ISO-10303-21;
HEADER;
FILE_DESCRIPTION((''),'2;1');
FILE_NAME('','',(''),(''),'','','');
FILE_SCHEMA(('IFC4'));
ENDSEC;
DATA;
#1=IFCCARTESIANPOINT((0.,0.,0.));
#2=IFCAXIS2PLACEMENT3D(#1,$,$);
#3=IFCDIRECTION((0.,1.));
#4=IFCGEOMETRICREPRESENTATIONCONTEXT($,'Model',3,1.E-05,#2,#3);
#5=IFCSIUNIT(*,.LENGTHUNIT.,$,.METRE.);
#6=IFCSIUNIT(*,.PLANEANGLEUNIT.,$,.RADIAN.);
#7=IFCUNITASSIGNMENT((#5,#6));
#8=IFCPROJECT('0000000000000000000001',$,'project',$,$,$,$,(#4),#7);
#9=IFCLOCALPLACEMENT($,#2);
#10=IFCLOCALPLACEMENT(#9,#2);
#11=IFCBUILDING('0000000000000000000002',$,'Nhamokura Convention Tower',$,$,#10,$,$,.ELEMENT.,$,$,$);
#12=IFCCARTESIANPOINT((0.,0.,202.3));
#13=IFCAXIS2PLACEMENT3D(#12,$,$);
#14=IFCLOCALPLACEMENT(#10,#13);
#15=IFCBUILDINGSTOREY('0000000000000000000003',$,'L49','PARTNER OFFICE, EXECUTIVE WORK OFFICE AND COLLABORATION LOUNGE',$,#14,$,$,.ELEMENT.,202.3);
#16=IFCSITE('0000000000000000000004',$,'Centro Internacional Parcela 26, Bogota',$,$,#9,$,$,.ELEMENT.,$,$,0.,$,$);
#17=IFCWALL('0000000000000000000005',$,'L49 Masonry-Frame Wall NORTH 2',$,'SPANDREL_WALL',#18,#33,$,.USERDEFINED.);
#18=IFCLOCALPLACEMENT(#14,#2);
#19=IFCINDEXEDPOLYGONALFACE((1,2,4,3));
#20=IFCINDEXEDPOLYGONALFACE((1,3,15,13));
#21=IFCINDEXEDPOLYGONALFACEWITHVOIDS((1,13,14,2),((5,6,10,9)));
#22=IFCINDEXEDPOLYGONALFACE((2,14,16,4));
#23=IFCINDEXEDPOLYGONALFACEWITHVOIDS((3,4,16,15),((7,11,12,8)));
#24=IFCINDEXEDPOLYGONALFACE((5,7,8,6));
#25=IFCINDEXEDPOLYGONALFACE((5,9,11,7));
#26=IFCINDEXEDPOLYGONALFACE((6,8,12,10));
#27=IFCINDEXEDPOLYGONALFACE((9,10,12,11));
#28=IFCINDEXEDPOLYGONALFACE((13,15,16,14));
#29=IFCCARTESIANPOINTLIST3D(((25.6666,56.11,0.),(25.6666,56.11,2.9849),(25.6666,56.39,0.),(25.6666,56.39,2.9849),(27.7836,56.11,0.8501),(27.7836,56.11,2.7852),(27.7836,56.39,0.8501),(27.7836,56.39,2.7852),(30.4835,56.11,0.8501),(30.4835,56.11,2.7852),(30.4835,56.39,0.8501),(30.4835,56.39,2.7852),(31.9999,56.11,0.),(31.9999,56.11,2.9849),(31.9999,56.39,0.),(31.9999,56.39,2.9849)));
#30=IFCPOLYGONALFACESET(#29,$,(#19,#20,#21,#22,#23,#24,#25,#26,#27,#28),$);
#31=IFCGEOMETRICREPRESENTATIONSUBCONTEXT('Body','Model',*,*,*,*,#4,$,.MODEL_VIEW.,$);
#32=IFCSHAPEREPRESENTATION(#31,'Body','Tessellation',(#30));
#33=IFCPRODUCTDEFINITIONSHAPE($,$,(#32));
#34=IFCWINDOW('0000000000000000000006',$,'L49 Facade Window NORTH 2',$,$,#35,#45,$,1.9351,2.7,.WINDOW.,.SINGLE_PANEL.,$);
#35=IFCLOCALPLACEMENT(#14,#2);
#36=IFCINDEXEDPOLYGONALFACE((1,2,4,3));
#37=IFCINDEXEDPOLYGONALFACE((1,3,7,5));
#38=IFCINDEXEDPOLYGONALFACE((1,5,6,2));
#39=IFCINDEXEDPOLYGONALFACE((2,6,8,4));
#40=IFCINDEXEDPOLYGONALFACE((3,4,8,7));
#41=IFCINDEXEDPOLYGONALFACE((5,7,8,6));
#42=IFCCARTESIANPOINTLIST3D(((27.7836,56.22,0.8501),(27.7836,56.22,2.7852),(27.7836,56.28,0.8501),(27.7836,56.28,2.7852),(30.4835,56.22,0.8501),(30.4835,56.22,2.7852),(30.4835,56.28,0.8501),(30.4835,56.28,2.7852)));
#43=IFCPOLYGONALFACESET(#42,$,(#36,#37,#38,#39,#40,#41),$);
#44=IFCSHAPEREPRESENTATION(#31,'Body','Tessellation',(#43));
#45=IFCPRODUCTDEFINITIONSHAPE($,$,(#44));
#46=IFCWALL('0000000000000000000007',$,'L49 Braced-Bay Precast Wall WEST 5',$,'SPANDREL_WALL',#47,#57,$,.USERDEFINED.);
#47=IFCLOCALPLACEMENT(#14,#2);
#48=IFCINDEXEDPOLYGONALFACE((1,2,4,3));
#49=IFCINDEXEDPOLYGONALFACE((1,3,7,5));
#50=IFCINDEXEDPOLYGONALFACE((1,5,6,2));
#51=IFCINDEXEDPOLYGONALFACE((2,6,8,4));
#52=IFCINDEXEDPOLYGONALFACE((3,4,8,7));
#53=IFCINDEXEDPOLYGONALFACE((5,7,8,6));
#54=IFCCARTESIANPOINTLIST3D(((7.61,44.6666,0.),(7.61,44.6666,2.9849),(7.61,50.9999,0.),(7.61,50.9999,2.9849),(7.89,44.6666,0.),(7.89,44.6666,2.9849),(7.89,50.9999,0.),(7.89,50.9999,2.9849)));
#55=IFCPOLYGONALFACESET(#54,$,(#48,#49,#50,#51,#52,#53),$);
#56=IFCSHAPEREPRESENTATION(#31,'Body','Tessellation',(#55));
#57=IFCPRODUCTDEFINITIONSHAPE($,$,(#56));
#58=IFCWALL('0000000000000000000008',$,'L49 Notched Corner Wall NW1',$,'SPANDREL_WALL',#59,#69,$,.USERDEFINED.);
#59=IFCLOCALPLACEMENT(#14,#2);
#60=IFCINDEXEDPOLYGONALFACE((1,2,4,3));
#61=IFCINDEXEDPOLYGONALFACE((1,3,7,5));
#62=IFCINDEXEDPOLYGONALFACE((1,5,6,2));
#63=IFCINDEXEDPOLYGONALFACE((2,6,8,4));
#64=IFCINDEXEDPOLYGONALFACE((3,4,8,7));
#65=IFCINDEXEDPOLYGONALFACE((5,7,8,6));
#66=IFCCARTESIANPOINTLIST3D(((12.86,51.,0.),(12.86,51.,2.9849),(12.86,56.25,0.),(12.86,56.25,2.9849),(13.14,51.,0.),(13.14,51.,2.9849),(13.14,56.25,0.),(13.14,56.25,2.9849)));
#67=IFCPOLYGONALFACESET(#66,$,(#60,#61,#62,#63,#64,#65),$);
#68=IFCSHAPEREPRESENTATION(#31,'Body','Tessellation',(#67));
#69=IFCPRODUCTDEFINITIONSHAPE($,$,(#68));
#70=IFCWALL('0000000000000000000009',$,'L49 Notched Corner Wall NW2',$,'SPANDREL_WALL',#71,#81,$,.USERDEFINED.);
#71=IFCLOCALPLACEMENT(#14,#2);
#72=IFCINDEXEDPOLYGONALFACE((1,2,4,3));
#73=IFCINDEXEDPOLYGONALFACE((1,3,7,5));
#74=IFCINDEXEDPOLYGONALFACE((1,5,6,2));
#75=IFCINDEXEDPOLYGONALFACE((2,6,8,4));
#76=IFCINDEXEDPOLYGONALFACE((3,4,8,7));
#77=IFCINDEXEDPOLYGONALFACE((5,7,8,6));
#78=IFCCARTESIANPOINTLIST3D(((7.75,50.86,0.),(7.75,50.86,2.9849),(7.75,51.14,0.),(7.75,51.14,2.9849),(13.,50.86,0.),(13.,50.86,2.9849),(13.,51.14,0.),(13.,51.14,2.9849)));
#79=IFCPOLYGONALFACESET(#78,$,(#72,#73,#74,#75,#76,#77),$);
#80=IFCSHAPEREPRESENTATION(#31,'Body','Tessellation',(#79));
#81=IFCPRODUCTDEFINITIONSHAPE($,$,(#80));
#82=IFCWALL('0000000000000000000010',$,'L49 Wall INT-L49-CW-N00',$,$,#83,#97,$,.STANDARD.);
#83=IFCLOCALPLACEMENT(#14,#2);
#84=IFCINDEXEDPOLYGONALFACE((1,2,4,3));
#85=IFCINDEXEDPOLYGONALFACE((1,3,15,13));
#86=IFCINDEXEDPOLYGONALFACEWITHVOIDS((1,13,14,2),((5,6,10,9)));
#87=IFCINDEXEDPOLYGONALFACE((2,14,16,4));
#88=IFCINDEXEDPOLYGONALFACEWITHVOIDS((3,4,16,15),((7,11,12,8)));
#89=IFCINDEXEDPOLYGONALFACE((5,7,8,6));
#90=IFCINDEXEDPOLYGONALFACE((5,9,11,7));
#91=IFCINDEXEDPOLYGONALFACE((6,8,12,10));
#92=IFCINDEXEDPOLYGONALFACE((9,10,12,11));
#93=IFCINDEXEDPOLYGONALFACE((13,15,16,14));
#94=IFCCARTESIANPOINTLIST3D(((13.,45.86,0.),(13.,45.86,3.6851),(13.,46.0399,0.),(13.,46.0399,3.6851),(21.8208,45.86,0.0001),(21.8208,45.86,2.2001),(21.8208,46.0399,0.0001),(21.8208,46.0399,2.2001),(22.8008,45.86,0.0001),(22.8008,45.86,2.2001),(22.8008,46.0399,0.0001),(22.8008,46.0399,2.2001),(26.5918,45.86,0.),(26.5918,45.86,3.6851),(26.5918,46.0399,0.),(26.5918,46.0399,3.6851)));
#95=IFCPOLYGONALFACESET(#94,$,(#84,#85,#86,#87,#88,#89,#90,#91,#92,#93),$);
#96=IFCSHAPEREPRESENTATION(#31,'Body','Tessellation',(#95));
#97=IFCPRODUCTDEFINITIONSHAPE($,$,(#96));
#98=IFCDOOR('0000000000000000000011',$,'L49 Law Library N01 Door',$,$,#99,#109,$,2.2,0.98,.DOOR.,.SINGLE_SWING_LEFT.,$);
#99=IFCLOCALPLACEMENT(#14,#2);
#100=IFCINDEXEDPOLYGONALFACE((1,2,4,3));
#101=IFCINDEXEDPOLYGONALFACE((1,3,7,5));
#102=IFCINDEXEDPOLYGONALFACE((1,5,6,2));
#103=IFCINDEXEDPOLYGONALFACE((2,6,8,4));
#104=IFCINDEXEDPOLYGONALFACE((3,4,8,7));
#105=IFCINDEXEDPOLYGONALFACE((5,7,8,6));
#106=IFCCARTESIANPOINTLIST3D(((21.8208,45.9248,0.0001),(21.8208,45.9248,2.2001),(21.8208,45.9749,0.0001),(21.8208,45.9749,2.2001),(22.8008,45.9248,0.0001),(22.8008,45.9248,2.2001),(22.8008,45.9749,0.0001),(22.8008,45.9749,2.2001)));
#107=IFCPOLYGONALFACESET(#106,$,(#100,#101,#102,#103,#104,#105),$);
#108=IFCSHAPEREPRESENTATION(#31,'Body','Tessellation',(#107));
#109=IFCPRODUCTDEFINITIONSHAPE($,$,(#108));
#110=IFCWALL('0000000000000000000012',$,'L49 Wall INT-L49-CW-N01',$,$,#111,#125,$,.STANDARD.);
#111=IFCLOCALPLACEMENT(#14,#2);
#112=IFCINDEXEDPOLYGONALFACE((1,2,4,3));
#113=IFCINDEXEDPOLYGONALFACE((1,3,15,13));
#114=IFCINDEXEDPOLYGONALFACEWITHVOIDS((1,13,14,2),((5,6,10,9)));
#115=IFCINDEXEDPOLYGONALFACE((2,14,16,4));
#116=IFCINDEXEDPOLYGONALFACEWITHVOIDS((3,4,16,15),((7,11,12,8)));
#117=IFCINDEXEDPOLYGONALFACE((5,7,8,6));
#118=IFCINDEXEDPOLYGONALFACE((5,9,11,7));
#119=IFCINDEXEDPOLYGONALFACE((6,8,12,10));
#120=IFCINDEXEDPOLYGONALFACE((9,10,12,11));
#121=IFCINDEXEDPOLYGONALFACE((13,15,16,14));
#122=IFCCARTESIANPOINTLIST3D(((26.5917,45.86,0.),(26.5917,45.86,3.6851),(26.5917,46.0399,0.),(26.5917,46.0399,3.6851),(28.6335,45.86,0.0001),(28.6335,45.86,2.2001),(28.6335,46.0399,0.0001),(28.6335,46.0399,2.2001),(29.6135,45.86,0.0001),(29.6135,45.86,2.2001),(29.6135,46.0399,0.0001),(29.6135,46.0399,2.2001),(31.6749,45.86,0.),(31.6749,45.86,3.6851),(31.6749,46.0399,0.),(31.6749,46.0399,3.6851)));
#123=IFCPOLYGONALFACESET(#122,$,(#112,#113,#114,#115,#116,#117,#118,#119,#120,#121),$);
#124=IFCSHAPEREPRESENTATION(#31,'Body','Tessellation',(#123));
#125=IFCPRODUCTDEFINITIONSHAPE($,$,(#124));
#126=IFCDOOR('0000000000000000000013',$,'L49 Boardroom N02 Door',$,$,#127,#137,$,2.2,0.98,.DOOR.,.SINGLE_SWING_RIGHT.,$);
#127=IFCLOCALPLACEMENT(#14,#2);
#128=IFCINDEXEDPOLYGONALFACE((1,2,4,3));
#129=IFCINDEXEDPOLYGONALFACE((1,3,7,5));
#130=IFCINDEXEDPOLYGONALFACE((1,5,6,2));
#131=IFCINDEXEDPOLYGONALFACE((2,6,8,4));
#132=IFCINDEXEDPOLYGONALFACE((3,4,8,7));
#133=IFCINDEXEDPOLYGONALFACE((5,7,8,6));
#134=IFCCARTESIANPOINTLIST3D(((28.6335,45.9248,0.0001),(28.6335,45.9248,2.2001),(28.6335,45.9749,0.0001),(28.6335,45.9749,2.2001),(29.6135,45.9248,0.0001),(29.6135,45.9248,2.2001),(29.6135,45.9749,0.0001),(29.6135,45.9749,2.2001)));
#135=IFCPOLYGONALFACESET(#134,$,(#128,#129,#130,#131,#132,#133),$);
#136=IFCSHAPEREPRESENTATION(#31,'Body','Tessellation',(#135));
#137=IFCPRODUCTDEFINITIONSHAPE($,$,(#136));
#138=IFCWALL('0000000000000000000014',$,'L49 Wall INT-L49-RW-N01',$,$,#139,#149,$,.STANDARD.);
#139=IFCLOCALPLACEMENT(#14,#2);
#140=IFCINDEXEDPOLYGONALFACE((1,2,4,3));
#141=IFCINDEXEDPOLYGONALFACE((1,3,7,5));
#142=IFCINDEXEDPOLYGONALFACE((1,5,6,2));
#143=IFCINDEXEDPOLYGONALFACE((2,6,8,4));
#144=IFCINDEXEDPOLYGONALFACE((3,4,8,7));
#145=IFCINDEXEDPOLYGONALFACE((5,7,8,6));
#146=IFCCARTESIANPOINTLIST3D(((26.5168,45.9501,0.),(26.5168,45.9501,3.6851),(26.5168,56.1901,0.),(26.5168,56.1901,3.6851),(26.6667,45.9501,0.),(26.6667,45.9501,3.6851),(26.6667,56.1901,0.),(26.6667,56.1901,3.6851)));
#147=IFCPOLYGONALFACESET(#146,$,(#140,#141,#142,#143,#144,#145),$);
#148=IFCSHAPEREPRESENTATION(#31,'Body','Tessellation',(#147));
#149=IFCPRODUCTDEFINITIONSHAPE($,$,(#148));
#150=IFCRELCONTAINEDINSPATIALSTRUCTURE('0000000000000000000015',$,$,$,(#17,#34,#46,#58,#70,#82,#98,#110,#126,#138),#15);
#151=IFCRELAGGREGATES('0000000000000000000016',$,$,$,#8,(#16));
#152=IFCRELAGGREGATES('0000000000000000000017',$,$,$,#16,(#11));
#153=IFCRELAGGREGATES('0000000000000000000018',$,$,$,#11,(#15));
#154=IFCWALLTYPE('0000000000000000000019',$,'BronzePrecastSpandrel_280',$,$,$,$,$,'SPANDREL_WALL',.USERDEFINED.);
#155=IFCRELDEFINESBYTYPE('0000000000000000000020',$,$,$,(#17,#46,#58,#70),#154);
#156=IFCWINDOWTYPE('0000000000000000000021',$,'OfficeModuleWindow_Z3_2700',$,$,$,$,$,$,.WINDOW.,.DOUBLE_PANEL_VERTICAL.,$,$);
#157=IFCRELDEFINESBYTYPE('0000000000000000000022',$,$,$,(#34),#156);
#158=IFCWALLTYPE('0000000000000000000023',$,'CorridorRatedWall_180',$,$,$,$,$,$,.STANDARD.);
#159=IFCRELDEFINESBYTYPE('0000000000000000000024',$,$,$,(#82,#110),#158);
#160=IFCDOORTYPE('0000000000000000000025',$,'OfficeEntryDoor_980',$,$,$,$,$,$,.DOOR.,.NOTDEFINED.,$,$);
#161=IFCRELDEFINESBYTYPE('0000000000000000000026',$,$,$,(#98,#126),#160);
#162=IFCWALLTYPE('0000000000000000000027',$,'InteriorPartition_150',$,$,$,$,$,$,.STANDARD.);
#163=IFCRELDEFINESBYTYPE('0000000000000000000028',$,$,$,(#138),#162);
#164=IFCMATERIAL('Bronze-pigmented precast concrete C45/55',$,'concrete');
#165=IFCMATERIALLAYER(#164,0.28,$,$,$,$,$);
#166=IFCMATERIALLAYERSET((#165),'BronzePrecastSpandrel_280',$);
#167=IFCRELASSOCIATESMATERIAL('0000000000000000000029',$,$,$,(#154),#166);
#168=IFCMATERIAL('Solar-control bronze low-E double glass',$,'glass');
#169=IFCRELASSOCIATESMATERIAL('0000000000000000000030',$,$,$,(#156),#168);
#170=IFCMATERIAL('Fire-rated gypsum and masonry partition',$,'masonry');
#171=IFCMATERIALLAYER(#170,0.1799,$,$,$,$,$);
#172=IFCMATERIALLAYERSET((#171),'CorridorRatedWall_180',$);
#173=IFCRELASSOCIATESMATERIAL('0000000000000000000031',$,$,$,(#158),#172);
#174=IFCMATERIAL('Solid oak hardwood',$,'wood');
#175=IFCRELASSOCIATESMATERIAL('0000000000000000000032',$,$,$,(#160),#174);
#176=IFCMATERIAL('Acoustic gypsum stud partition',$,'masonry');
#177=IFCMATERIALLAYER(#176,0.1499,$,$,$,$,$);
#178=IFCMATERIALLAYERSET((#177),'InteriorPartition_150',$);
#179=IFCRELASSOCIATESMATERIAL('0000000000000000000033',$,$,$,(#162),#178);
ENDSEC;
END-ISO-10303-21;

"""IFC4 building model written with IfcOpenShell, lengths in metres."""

from ifc_helpers import new_model, si_unit, direction, frame, frame_2d, origin, place, context, subcontext, project, spatial, rectangle, extrude, material, layer, layer_set, type_object, element, fill, save


model = new_model("IFC4")

# Units and contexts
model_context = context("Model", 3, precision=1e-05, world=origin(), true_north=direction((0.0, 1.0)))
body_context = subcontext(model_context, "Body", "Model", "MODEL_VIEW")
ifc_project = project(units=[si_unit("LENGTHUNIT", "METRE"), si_unit("PLANEANGLEUNIT", "RADIAN")], contexts=[model_context])

# Site, building, storey
site_placement = place(None, origin())
site = spatial("IfcSite", under=ifc_project, at=site_placement, Name="Centro Internacional Parcela 26, Bogota", CompositionType="ELEMENT", RefElevation=0.0)
building_placement = place(site_placement, origin())
building = spatial("IfcBuilding", under=site, at=building_placement, Name="Nhamokura Convention Tower", CompositionType="ELEMENT")
storey_placement = place(building_placement, frame((0.0, 0.0, 202.3)))
storey = spatial("IfcBuildingStorey", under=building, at=storey_placement, Name="L49", Description="PARTNER OFFICE, EXECUTIVE WORK OFFICE AND COLLABORATION LOUNGE", CompositionType="ELEMENT", Elevation=202.3)

# Shared definitions
ifc_material_1 = material(Name="Bronze-pigmented precast concrete C45/55", Category="concrete")
ifc_layer_1 = layer(ifc_material_1, 0.28)
ifc_layer_set_1 = layer_set([ifc_layer_1], Name="BronzePrecastSpandrel_280")
wall_type_1 = type_object("IfcWallType", Name="BronzePrecastSpandrel_280", ElementType="SPANDREL_WALL", PredefinedType="USERDEFINED", material=ifc_layer_set_1)

# Wall, opening, window
wall_1_placement = place(storey_placement, frame((25.6667, 56.25, 0.0), z_axis=(0.0, 0.0, 1.0), x_axis=(1.0, 0.0, 0.0)))
wall_1 = element("IfcWall", 1, at=wall_1_placement, inside=storey, type_object=wall_type_1, Name="L49 Masonry-Frame Wall NORTH 2", ObjectType="SPANDREL_WALL", PredefinedType="USERDEFINED", context=body_context, shape_type="SweptSolid", body=[
    extrude(rectangle(XDim=6.3333, YDim=0.28, at=frame_2d((3.1665, 0.0))), origin(), (0.0, 0.0, 1.0), 2.9849),
])
opening_1_placement = place(wall_1_placement, frame((2.1167, 0.0, 0.8501)))
opening_1 = element("IfcOpeningElement", 2, at=opening_1_placement, cuts=wall_1, PredefinedType="OPENING", context=body_context, shape_type="SweptSolid", body=[
    extrude(rectangle(XDim=2.7, YDim=1.9351, at=frame_2d((1.3501, 0.9675))), frame((0.0, 0.1499, 0.0), z_axis=(0.0, -1.0, 0.0), x_axis=(1.0, 0.0, 0.0)), (0.0, 0.0, 1.0), 0.3),
])
ifc_material_2 = material(Name="Solar-control bronze low-E double glass", Category="glass")
window_type_1 = type_object("IfcWindowType", Name="OfficeModuleWindow_Z3_2700", PartitioningType="DOUBLE_PANEL_VERTICAL", PredefinedType="WINDOW", material=ifc_material_2)
window_1_placement = place(opening_1_placement, origin())
window_1 = element("IfcWindow", 3, at=window_1_placement, inside=storey, type_object=window_type_1, Name="L49 Facade Window NORTH 2", OverallHeight=1.9351, OverallWidth=2.7, PartitioningType="SINGLE_PANEL", PredefinedType="WINDOW", context=body_context, shape_type="SweptSolid", body=[
    extrude(rectangle(XDim=2.7, YDim=1.9351, at=frame_2d((1.3501, 0.9675))), frame((0.0, 0.03, 0.0), z_axis=(0.0, -1.0, 0.0), x_axis=(1.0, 0.0, 0.0)), (0.0, 0.0, 1.0), 0.0601),
])
fill(opening_1, window_1)

# Walls
wall_2_placement = place(storey_placement, frame((7.75, 44.6667, 0.0), z_axis=(0.0, 0.0, 1.0), x_axis=(0.0, 1.0, 0.0)))
element("IfcWall", 4, at=wall_2_placement, inside=storey, type_object=wall_type_1, Name="L49 Braced-Bay Precast Wall WEST 5", ObjectType="SPANDREL_WALL", PredefinedType="USERDEFINED", context=body_context, shape_type="SweptSolid", body=[
    extrude(rectangle(XDim=6.3333, YDim=0.28, at=frame_2d((3.1665, 0.0))), origin(), (0.0, 0.0, 1.0), 2.9849),
])
for number, where, z_axis, x_axis, name in (
    (5, (13.0, 51.0, 0.0), (0.0, 0.0, 1.0), (0.0, 1.0, 0.0), "L49 Notched Corner Wall NW1"),
    (6, (7.75, 51.0, 0.0), (0.0, 0.0, 1.0), (1.0, 0.0, 0.0), "L49 Notched Corner Wall NW2"),
):
    element("IfcWall", number, at=place(storey_placement, frame(where, z_axis=z_axis, x_axis=x_axis)), inside=storey, type_object=wall_type_1, Name=name, ObjectType="SPANDREL_WALL", PredefinedType="USERDEFINED", context=body_context, shape_type="SweptSolid", body=[
        extrude(rectangle(XDim=5.25, YDim=0.28, at=frame_2d((2.625, 0.0))), origin(), (0.0, 0.0, 1.0), 2.9849),
    ])

# Walls, openings, doors
ifc_material_3 = material(Name="Fire-rated gypsum and masonry partition", Category="masonry")
ifc_layer_2 = layer(ifc_material_3, 0.1799)
ifc_layer_set_2 = layer_set([ifc_layer_2], Name="CorridorRatedWall_180")
wall_type_2 = type_object("IfcWallType", Name="CorridorRatedWall_180", PredefinedType="STANDARD", material=ifc_layer_set_2)
wall_3_placement = place(storey_placement, frame((13.0, 45.95, 0.0), z_axis=(0.0, 0.0, 1.0), x_axis=(1.0, 0.0, 0.0)))
wall_3 = element("IfcWall", 7, at=wall_3_placement, inside=storey, type_object=wall_type_2, Name="L49 Wall INT-L49-CW-N00", PredefinedType="STANDARD", context=body_context, shape_type="SweptSolid", body=[
    extrude(rectangle(XDim=13.5918, YDim=0.1799, at=frame_2d((6.7959, 0.0))), origin(), (0.0, 0.0, 1.0), 3.6851),
])
opening_2_placement = place(wall_3_placement, frame((8.8208, 0.0, 0.0)))
opening_2 = element("IfcOpeningElement", 8, at=opening_2_placement, cuts=wall_3, PredefinedType="OPENING", context=body_context, shape_type="SweptSolid", body=[
    extrude(rectangle(XDim=0.98, YDim=2.2, at=frame_2d((0.49, 1.1001))), frame((0.0, 0.0999, 0.0), z_axis=(0.0, -1.0, 0.0), x_axis=(1.0, 0.0, 0.0)), (0.0, 0.0, 1.0), 0.2),
])
ifc_material_4 = material(Name="Solid oak hardwood", Category="wood")
door_type = type_object("IfcDoorType", Name="OfficeEntryDoor_980", OperationType="NOTDEFINED", PredefinedType="DOOR", material=ifc_material_4)
door_1_placement = place(opening_2_placement, origin())
door_1 = element("IfcDoor", 9, at=door_1_placement, inside=storey, type_object=door_type, Name="L49 Law Library N01 Door", OperationType="SINGLE_SWING_LEFT", OverallHeight=2.2, OverallWidth=0.98, PredefinedType="DOOR", context=body_context, shape_type="SweptSolid", body=[
    extrude(rectangle(XDim=0.98, YDim=2.2, at=frame_2d((0.49, 1.1001))), frame((0.0, 0.0249, 0.0), z_axis=(0.0, -1.0, 0.0), x_axis=(1.0, 0.0, 0.0)), (0.0, 0.0, 1.0), 0.05),
])
fill(opening_2, door_1)
wall_4_placement = place(storey_placement, frame((26.5918, 45.95, 0.0), z_axis=(0.0, 0.0, 1.0), x_axis=(1.0, 0.0, 0.0)))
wall_4 = element("IfcWall", 10, at=wall_4_placement, inside=storey, type_object=wall_type_2, Name="L49 Wall INT-L49-CW-N01", PredefinedType="STANDARD", context=body_context, shape_type="SweptSolid", body=[
    extrude(rectangle(XDim=5.0833, YDim=0.1799, at=frame_2d((2.5415, 0.0))), origin(), (0.0, 0.0, 1.0), 3.6851),
])
opening_3_placement = place(wall_4_placement, frame((2.0417, 0.0, 0.0)))
opening_3 = element("IfcOpeningElement", 11, at=opening_3_placement, cuts=wall_4, PredefinedType="OPENING", context=body_context, shape_type="SweptSolid", body=[
    extrude(rectangle(XDim=0.98, YDim=2.2, at=frame_2d((0.49, 1.1001))), frame((0.0, 0.0999, 0.0), z_axis=(0.0, -1.0, 0.0), x_axis=(1.0, 0.0, 0.0)), (0.0, 0.0, 1.0), 0.2),
])
door_2_placement = place(opening_3_placement, origin())
door_2 = element("IfcDoor", 12, at=door_2_placement, inside=storey, type_object=door_type, Name="L49 Boardroom N02 Door", OperationType="SINGLE_SWING_RIGHT", OverallHeight=2.2, OverallWidth=0.98, PredefinedType="DOOR", context=body_context, shape_type="SweptSolid", body=[
    extrude(rectangle(XDim=0.98, YDim=2.2, at=frame_2d((0.49, 1.1001))), frame((0.0, 0.0249, 0.0), z_axis=(0.0, -1.0, 0.0), x_axis=(1.0, 0.0, 0.0)), (0.0, 0.0, 1.0), 0.05),
])
fill(opening_3, door_2)

# Wall
ifc_material_5 = material(Name="Acoustic gypsum stud partition", Category="masonry")
ifc_layer_3 = layer(ifc_material_5, 0.1499)
ifc_layer_set_3 = layer_set([ifc_layer_3], Name="InteriorPartition_150")
wall_type_3 = type_object("IfcWallType", Name="InteriorPartition_150", PredefinedType="STANDARD", material=ifc_layer_set_3)
wall_5_placement = place(storey_placement, frame((26.5918, 45.95, 0.0), z_axis=(0.0, 0.0, 1.0), x_axis=(0.0, 1.0, 0.0)))
element("IfcWall", 13, at=wall_5_placement, inside=storey, type_object=wall_type_3, Name="L49 Wall INT-L49-RW-N01", PredefinedType="STANDARD", context=body_context, shape_type="SweptSolid", body=[
    extrude(rectangle(XDim=10.24, YDim=0.1499, at=frame_2d((5.1201, 0.0))), origin(), (0.0, 0.0, 1.0), 3.6851),
])

save(model, "model.ifc")
